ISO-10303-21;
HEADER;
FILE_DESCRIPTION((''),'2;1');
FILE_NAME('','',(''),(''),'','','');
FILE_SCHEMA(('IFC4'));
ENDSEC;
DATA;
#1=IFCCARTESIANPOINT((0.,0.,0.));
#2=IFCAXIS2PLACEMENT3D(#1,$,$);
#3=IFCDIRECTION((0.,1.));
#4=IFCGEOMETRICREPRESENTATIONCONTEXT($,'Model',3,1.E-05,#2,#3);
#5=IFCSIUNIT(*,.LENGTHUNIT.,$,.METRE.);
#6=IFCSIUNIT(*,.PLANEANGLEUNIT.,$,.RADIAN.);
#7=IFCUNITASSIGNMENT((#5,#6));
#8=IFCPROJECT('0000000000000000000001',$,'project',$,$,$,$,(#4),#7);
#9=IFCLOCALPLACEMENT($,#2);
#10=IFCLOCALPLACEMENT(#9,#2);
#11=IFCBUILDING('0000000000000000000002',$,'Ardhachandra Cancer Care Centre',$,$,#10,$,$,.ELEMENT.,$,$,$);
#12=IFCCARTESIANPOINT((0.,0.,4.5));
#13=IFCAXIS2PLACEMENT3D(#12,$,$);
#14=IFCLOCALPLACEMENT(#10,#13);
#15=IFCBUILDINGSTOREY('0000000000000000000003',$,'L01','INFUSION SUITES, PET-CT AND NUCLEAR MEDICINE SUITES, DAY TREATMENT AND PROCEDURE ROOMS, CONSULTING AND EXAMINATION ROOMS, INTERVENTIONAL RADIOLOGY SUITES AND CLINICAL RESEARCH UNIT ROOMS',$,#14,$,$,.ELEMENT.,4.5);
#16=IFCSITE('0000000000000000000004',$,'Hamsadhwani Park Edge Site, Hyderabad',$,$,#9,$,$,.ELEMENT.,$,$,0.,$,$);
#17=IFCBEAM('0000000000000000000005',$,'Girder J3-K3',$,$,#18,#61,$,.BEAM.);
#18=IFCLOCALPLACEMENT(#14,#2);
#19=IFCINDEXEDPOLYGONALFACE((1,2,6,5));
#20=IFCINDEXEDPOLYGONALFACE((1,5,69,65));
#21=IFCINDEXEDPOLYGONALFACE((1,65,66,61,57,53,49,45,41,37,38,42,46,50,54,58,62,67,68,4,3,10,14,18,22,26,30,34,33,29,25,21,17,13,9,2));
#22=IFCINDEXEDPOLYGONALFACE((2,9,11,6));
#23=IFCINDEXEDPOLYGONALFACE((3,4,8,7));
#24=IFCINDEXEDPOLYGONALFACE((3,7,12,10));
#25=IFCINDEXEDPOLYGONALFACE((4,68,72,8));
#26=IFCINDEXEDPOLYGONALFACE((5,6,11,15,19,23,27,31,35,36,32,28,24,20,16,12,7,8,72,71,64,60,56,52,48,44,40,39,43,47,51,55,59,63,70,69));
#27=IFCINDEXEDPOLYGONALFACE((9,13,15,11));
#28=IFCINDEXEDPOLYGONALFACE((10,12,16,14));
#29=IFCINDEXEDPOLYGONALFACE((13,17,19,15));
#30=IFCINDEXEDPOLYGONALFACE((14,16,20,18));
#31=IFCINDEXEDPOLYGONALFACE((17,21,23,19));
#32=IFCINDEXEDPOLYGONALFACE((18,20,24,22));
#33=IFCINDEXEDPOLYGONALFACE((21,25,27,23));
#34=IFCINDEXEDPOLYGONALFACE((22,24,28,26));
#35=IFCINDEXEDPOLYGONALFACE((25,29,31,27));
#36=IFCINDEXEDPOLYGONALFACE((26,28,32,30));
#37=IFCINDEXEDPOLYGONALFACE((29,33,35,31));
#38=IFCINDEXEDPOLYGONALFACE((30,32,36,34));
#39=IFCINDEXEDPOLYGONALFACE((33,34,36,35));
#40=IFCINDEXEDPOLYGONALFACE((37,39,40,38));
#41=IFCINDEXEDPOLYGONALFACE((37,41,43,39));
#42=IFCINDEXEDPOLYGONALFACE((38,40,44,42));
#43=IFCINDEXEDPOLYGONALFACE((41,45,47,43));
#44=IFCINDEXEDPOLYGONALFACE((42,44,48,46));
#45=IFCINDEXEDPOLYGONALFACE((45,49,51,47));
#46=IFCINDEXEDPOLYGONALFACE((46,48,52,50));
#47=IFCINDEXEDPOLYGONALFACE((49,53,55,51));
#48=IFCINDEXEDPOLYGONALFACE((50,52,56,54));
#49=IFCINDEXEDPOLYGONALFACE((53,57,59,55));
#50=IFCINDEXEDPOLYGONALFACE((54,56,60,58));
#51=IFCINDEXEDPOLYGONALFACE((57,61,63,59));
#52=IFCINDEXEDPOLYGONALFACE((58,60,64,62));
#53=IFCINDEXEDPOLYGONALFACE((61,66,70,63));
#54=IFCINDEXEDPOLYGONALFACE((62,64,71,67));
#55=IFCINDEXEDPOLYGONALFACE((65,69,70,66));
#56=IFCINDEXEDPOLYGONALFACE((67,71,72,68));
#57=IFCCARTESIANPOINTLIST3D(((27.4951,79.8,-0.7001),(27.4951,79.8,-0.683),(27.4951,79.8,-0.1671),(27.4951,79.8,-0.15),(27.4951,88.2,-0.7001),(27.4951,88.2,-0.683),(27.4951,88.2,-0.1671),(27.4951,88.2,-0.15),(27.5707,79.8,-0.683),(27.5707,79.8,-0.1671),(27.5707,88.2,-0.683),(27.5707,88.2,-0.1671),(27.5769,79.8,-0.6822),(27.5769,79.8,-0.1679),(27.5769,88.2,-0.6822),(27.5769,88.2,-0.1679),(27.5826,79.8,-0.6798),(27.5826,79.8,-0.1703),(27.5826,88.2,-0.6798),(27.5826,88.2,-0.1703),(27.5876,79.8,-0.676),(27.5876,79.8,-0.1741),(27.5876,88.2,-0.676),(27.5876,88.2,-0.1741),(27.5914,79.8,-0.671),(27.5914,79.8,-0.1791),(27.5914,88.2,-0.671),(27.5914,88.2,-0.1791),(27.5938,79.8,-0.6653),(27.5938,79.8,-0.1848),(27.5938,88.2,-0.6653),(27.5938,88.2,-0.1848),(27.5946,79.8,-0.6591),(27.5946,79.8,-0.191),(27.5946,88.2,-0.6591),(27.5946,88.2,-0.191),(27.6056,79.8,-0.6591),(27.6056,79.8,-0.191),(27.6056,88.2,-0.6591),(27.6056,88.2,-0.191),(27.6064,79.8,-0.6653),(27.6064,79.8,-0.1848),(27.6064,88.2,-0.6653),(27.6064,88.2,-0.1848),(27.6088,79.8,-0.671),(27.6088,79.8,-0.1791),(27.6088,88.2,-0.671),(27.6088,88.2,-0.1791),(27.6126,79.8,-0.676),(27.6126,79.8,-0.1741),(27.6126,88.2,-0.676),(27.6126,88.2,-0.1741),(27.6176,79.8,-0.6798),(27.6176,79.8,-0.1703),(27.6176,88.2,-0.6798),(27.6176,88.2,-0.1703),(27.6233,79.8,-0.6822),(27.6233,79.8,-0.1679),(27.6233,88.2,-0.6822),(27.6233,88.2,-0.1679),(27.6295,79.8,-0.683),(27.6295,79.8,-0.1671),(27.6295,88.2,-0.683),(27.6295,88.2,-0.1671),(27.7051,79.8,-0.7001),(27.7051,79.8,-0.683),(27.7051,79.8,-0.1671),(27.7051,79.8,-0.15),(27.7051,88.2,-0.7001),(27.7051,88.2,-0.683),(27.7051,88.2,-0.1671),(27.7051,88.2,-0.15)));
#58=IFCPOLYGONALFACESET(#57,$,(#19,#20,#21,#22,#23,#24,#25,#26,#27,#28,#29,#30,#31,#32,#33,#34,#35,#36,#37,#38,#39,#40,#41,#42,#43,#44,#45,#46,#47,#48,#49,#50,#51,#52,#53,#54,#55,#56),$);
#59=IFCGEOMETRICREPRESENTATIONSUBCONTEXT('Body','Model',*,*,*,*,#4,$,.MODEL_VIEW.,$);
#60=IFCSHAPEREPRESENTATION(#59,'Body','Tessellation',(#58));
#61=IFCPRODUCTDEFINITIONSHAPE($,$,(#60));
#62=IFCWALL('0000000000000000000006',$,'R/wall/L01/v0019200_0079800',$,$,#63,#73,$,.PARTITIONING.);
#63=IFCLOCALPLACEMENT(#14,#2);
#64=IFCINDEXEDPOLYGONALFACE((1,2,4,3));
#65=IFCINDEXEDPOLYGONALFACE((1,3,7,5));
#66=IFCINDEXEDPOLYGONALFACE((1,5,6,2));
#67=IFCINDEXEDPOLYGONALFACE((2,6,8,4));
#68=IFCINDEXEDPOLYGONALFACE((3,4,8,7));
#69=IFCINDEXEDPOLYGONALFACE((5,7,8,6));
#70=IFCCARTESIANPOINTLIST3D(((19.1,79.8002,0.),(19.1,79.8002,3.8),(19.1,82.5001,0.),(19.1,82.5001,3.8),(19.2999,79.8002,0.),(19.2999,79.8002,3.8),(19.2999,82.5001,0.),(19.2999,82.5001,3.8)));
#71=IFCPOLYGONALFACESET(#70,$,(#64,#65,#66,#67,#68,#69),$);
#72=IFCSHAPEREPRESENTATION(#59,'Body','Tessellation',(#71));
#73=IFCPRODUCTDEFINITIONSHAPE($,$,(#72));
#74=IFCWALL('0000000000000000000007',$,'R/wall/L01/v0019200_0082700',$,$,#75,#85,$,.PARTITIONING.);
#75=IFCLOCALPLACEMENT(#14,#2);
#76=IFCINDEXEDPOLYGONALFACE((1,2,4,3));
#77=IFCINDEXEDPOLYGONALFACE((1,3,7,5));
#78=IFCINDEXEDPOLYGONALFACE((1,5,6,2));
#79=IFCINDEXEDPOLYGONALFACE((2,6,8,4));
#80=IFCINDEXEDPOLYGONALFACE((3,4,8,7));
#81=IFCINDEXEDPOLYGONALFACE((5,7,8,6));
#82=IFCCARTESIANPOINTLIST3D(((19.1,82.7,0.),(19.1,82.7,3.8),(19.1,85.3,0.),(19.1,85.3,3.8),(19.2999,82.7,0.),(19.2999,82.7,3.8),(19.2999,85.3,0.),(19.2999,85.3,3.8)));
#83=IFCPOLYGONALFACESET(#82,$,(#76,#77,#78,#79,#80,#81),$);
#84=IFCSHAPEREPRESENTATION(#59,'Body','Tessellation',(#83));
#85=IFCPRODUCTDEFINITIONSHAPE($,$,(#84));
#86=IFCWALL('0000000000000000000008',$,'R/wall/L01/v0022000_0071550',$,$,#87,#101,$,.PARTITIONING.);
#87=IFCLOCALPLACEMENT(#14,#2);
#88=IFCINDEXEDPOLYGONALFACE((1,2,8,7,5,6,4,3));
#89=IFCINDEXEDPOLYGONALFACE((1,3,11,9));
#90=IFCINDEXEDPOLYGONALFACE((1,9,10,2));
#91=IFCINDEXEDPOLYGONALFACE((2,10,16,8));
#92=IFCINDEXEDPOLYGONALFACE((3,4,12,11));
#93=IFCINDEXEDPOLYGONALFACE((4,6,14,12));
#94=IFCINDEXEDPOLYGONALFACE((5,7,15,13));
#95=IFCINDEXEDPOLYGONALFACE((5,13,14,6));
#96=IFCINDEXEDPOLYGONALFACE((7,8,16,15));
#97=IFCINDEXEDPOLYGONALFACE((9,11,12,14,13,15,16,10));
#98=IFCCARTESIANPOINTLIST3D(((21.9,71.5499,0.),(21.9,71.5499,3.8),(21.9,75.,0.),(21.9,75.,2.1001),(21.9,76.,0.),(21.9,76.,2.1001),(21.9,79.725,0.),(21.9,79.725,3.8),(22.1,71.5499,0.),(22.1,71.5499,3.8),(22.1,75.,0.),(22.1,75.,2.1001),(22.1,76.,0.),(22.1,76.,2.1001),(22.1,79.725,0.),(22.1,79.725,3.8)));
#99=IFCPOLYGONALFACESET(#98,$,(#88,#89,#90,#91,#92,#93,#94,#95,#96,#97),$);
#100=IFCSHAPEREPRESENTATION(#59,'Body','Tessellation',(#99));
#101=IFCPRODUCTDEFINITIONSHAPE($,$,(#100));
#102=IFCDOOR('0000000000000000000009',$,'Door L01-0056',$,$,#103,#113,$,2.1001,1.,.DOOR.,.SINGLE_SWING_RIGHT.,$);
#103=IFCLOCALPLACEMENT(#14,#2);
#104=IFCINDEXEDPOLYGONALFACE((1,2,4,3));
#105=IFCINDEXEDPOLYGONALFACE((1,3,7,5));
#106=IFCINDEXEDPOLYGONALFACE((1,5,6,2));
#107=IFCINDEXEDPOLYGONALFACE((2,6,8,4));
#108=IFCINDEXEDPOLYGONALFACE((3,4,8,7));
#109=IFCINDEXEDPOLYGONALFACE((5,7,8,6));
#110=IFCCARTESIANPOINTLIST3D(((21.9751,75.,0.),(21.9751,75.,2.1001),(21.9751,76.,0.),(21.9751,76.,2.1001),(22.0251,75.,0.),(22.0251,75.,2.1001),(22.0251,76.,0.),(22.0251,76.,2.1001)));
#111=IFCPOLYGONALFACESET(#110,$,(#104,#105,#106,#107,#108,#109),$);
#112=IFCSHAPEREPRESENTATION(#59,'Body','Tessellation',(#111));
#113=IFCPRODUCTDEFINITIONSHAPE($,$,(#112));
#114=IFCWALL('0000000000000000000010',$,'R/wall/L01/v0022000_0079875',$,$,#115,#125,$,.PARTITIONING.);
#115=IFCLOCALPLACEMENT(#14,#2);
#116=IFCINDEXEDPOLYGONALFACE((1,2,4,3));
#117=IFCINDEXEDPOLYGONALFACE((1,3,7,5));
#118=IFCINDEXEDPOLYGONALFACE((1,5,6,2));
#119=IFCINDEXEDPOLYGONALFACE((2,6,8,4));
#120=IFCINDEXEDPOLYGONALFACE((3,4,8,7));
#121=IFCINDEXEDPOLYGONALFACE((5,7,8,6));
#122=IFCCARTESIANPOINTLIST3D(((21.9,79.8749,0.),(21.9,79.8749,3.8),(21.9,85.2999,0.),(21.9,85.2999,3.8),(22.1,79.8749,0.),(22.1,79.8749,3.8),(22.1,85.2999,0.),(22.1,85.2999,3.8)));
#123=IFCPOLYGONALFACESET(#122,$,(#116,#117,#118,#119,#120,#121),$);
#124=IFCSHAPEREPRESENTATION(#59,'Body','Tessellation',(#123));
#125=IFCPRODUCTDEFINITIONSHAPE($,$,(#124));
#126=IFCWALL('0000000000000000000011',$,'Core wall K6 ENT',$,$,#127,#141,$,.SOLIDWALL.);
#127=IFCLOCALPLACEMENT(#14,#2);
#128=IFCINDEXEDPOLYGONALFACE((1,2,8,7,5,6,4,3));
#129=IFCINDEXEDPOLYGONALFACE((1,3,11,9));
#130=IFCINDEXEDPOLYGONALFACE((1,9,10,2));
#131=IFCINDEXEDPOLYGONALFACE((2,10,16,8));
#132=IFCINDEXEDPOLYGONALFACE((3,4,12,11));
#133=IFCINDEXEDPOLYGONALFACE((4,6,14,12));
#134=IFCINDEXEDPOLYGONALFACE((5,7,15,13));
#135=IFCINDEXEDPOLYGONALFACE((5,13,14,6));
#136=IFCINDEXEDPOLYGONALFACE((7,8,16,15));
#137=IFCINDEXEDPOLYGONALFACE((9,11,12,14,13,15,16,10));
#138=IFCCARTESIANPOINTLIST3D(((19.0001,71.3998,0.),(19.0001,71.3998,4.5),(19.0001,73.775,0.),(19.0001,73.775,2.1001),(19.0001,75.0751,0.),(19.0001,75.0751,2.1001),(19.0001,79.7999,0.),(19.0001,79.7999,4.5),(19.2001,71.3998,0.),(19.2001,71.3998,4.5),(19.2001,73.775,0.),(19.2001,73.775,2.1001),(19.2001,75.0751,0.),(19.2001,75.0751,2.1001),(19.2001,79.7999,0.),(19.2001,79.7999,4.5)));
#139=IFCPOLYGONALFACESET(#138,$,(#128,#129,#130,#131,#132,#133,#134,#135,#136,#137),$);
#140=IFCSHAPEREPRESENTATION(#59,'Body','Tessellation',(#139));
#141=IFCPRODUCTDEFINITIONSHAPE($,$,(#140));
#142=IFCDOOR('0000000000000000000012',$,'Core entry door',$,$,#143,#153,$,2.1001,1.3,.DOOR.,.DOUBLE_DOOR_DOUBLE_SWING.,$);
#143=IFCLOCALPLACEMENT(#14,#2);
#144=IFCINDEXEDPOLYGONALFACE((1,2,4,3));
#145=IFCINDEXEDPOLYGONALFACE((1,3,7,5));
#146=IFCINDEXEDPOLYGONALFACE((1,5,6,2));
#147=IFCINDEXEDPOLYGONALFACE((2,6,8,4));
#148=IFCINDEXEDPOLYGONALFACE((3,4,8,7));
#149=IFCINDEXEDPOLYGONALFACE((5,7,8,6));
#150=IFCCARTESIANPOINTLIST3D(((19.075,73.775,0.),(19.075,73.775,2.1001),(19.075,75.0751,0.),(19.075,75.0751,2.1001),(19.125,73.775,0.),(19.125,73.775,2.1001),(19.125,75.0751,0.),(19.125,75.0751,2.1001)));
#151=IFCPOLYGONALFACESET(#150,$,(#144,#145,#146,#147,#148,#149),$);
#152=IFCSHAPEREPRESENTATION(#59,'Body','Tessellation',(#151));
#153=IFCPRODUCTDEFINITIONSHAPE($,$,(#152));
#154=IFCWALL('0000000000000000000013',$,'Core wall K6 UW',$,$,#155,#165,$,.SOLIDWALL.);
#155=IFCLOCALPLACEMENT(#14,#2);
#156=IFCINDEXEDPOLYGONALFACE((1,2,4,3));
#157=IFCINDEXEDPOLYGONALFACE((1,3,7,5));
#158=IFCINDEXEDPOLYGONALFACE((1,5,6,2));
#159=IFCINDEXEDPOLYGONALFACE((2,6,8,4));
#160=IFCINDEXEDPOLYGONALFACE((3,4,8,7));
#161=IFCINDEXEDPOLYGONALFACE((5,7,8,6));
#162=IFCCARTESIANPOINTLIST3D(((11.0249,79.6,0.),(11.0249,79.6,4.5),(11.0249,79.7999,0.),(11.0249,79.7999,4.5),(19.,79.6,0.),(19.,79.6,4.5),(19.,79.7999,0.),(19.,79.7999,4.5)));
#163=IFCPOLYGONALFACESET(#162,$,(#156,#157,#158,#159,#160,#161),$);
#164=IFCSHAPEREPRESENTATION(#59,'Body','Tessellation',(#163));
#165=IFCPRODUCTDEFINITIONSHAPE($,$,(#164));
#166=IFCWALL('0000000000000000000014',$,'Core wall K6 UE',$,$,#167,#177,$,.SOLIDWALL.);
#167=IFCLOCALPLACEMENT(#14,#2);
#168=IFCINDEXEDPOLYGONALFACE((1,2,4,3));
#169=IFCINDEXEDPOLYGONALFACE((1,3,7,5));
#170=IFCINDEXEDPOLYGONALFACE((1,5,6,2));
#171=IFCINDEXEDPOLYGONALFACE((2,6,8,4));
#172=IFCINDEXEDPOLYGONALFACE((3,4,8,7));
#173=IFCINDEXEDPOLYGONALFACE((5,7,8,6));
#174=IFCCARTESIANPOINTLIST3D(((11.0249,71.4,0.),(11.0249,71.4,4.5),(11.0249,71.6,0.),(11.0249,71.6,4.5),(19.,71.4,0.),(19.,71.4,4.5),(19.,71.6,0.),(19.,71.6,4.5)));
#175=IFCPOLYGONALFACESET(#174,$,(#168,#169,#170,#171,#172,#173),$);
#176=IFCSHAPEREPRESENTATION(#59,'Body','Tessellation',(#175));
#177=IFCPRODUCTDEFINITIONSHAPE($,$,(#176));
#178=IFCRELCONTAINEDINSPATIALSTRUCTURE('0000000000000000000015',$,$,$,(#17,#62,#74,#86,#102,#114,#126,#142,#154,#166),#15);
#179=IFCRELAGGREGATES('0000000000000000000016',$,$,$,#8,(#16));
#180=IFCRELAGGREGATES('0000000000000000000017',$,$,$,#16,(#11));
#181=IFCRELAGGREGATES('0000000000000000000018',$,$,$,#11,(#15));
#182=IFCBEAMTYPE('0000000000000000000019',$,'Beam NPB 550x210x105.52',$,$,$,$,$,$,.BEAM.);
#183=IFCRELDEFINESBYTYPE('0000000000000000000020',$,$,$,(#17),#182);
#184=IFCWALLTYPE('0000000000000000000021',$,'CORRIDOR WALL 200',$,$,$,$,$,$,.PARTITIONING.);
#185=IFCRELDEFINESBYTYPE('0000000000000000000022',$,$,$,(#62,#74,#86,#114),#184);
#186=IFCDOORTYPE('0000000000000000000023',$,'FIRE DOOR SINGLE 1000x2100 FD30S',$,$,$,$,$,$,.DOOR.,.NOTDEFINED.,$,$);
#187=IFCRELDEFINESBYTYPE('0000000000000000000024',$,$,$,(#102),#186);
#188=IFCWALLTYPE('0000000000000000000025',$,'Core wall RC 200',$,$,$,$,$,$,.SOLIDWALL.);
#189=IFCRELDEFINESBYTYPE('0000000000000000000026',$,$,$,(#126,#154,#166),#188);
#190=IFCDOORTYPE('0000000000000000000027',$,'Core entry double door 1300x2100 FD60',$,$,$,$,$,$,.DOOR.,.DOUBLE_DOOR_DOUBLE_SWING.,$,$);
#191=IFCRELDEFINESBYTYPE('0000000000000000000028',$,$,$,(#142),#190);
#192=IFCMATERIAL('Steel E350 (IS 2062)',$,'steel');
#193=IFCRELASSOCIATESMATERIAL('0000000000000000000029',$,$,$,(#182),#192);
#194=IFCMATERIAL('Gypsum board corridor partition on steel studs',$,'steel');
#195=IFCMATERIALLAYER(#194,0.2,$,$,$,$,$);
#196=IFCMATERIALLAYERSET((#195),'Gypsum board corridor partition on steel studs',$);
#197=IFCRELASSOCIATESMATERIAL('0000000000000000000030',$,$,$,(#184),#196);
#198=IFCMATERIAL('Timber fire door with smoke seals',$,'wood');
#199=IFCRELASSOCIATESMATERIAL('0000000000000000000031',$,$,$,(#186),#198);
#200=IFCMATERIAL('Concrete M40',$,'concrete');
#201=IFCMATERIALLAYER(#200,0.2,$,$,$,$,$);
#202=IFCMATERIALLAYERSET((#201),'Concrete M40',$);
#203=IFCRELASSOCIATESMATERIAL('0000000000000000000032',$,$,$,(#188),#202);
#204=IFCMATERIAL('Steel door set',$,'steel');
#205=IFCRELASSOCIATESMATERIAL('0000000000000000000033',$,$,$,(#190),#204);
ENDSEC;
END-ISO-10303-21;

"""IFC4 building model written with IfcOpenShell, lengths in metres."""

from ifc_helpers import new_model, si_unit, direction, frame, frame_2d, origin, origin_2d, place, context, subcontext, project, spatial, rectangle, i_section, extrude, material, layer, layer_set, material_profile, profile_set, type_object, element, fill, save


model = new_model("IFC4")

# Units and contexts
model_context = context("Model", 3, precision=1e-05, world=origin(), true_north=direction((0.0, 1.0)))
body_context = subcontext(model_context, "Body", "Model", "MODEL_VIEW")
ifc_project = project(units=[si_unit("LENGTHUNIT", "METRE"), si_unit("PLANEANGLEUNIT", "RADIAN")], contexts=[model_context])

# Site, building, storey
site_placement = place(None, origin())
site = spatial("IfcSite", under=ifc_project, at=site_placement, Name="Hamsadhwani Park Edge Site, Hyderabad", CompositionType="ELEMENT", RefElevation=0.0)
building_placement = place(site_placement, origin())
building = spatial("IfcBuilding", under=site, at=building_placement, Name="Ardhachandra Cancer Care Centre", CompositionType="ELEMENT")
storey_placement = place(building_placement, frame((0.0, 0.0, 4.5)))
storey = spatial("IfcBuildingStorey", under=building, at=storey_placement, Name="L01", Description="INFUSION SUITES, PET-CT AND NUCLEAR MEDICINE SUITES, DAY TREATMENT AND PROCEDURE ROOMS, CONSULTING AND EXAMINATION ROOMS, INTERVENTIONAL RADIOLOGY SUITES AND CLINICAL RESEARCH UNIT ROOMS", CompositionType="ELEMENT", Elevation=4.5)

# Beam
ifc_material_1 = material(Name="Steel E350 (IS 2062)", Category="steel")
ifc_material_profile_1 = material_profile(ifc_material_1, i_section(OverallWidth=0.21, OverallDepth=0.55, WebThickness=0.011, FlangeThickness=0.0171, FilletRadius=0.0239, at=origin_2d()), Name="NPB 550x210x105.52")
ifc_profile_set_1 = profile_set([ifc_material_profile_1], Name="Steel E350 (IS 2062)")
beam_type_1 = type_object("IfcBeamType", Name="Beam NPB 550x210x105.52", PredefinedType="BEAM", material=ifc_profile_set_1)
for number, where, z_axis, x_axis, name in (
    (1, (27.6001, 79.8, -0.425), (0.0, 1.0, 0.0), (-1.0, 0.0, 0.0), "Girder J3-K3"),
):
    element("IfcBeam", number, at=place(storey_placement, frame(where, z_axis=z_axis, x_axis=x_axis)), inside=storey, type_object=beam_type_1, Name=name, PredefinedType="BEAM", context=body_context, shape_type="SweptSolid", body=[
        extrude(i_section(OverallWidth=0.21, OverallDepth=0.55, WebThickness=0.011, FlangeThickness=0.0171, FilletRadius=0.0239, at=origin_2d()), origin(), (0.0, 0.0, 1.0), 8.3999),
    ])

# Walls
ifc_material_2 = material(Name="Gypsum board corridor partition on steel studs", Category="steel")
ifc_layer_1 = layer(ifc_material_2, 0.2)
ifc_layer_set_1 = layer_set([ifc_layer_1], Name="Gypsum board corridor partition on steel studs")
wall_type_1 = type_object("IfcWallType", Name="CORRIDOR WALL 200", PredefinedType="PARTITIONING", material=ifc_layer_set_1)
wall_1_placement = place(storey_placement, frame((19.2, 79.8, 0.0), z_axis=(0.0, 0.0, 1.0), x_axis=(0.0, 1.0, 0.0)))
element("IfcWall", 2, at=wall_1_placement, inside=storey, type_object=wall_type_1, Name="R/wall/L01/v0019200_0079800", PredefinedType="PARTITIONING", context=body_context, shape_type="SweptSolid", body=[
    extrude(rectangle(XDim=2.7, YDim=0.2, at=frame_2d((1.3501, 0.0))), origin(), (0.0, 0.0, 1.0), 3.8),
])
wall_2_placement = place(storey_placement, frame((19.2, 82.7, 0.0), z_axis=(0.0, 0.0, 1.0), x_axis=(0.0, 1.0, 0.0)))
element("IfcWall", 3, at=wall_2_placement, inside=storey, type_object=wall_type_1, Name="R/wall/L01/v0019200_0082700", PredefinedType="PARTITIONING", context=body_context, shape_type="SweptSolid", body=[
    extrude(rectangle(XDim=2.6001, YDim=0.2, at=frame_2d((1.3, 0.0))), origin(), (0.0, 0.0, 1.0), 3.8),
])

# Wall, opening, door
wall_3_placement = place(storey_placement, frame((22.0, 71.55, 0.0), z_axis=(0.0, 0.0, 1.0), x_axis=(0.0, 1.0, 0.0)))
wall_3 = element("IfcWall", 4, at=wall_3_placement, inside=storey, type_object=wall_type_1, Name="R/wall/L01/v0022000_0071550", PredefinedType="PARTITIONING", context=body_context, shape_type="SweptSolid", body=[
    extrude(rectangle(XDim=8.175, YDim=0.2, at=frame_2d((4.0874, 0.0))), origin(), (0.0, 0.0, 1.0), 3.8),
])
opening_1_placement = place(wall_3_placement, frame((3.45, 0.0, 0.0)))
opening_1 = element("IfcOpeningElement", 5, at=opening_1_placement, cuts=wall_3, PredefinedType="OPENING", context=body_context, shape_type="SweptSolid", body=[
    extrude(rectangle(XDim=1.0, YDim=2.1001, at=frame_2d((0.5, 1.05))), frame((0.0, 0.1099, 0.0), z_axis=(0.0, -1.0, 0.0), x_axis=(1.0, 0.0, 0.0)), (0.0, 0.0, 1.0), 0.22),
])
ifc_material_3 = material(Name="Timber fire door with smoke seals", Category="wood")
door_type_1 = type_object("IfcDoorType", Name="FIRE DOOR SINGLE 1000x2100 FD30S", OperationType="NOTDEFINED", PredefinedType="DOOR", material=ifc_material_3)
door_1_placement = place(opening_1_placement, origin())
door_1 = element("IfcDoor", 6, at=door_1_placement, inside=storey, type_object=door_type_1, Name="Door L01-0056", OperationType="SINGLE_SWING_RIGHT", OverallHeight=2.1001, OverallWidth=1.0, PredefinedType="DOOR", context=body_context, shape_type="SweptSolid", body=[
    extrude(rectangle(XDim=1.0, YDim=2.1001, at=frame_2d((0.5, 1.05))), frame((0.0, 0.0249, 0.0), z_axis=(0.0, -1.0, 0.0), x_axis=(1.0, 0.0, 0.0)), (0.0, 0.0, 1.0), 0.05),
])
fill(opening_1, door_1)

# Wall
wall_4_placement = place(storey_placement, frame((22.0, 79.875, 0.0), z_axis=(0.0, 0.0, 1.0), x_axis=(0.0, 1.0, 0.0)))
element("IfcWall", 7, at=wall_4_placement, inside=storey, type_object=wall_type_1, Name="R/wall/L01/v0022000_0079875", PredefinedType="PARTITIONING", context=body_context, shape_type="SweptSolid", body=[
    extrude(rectangle(XDim=5.425, YDim=0.2, at=frame_2d((2.7124, 0.0))), origin(), (0.0, 0.0, 1.0), 3.8),
])

# Wall, opening, door
ifc_material_4 = material(Name="Concrete M40", Category="concrete")
ifc_layer_2 = layer(ifc_material_4, 0.2)
ifc_layer_set_2 = layer_set([ifc_layer_2], Name="Concrete M40")
wall_type_2 = type_object("IfcWallType", Name="Core wall RC 200", PredefinedType="SOLIDWALL", material=ifc_layer_set_2)
wall_5_placement = place(storey_placement, frame((19.1001, 79.8, 0.0), z_axis=(0.0, 0.0, 1.0), x_axis=(0.0, -1.0, 0.0)))
wall_5 = element("IfcWall", 8, at=wall_5_placement, inside=storey, type_object=wall_type_2, Name="Core wall K6 ENT", PredefinedType="SOLIDWALL", context=body_context, shape_type="SweptSolid", body=[
    extrude(rectangle(XDim=8.4001, YDim=0.2, at=frame_2d((4.2002, 0.0))), origin(), (0.0, 0.0, 1.0), 4.5),
])
opening_2_placement = place(wall_5_placement, frame((4.7251, 0.0, 0.0)))
opening_2 = element("IfcOpeningElement", 9, at=opening_2_placement, cuts=wall_5, PredefinedType="OPENING", context=body_context, shape_type="SweptSolid", body=[
    extrude(rectangle(XDim=1.3, YDim=2.1001, at=frame_2d((0.6499, 1.05))), frame((0.0, 0.1099, 0.0), z_axis=(0.0, -1.0, 0.0), x_axis=(1.0, 0.0, 0.0)), (0.0, 0.0, 1.0), 0.22),
])
ifc_material_5 = material(Name="Steel door set", Category="steel")
door_type_2 = type_object("IfcDoorType", Name="Core entry double door 1300x2100 FD60", OperationType="DOUBLE_DOOR_DOUBLE_SWING", PredefinedType="DOOR", material=ifc_material_5)
door_2_placement = place(opening_2_placement, origin())
door_2 = element("IfcDoor", 10, at=door_2_placement, inside=storey, type_object=door_type_2, Name="Core entry door", OperationType="DOUBLE_DOOR_DOUBLE_SWING", OverallHeight=2.1001, OverallWidth=1.3, PredefinedType="DOOR", context=body_context, shape_type="SweptSolid", body=[
    extrude(rectangle(XDim=1.3, YDim=2.1001, at=frame_2d((0.6499, 1.05))), frame((0.0, 0.0249, 0.0), z_axis=(0.0, -1.0, 0.0), x_axis=(1.0, 0.0, 0.0)), (0.0, 0.0, 1.0), 0.05),
])
fill(opening_2, door_2)

# Walls
for number, where, z_axis, x_axis, name in (
    (11, (19.0, 79.7, 0.0), (0.0, 0.0, 1.0), (-1.0, 0.0, 0.0), "Core wall K6 UW"),
    (12, (19.0, 71.5, 0.0), (0.0, 0.0, 1.0), (-1.0, 0.0, 0.0), "Core wall K6 UE"),
):
    element("IfcWall", number, at=place(storey_placement, frame(where, z_axis=z_axis, x_axis=x_axis)), inside=storey, type_object=wall_type_2, Name=name, PredefinedType="SOLIDWALL", context=body_context, shape_type="SweptSolid", body=[
        extrude(rectangle(XDim=7.9751, YDim=0.2, at=frame_2d((3.9875, 0.0))), origin(), (0.0, 0.0, 1.0), 4.5),
    ])

save(model, "model.ifc")
